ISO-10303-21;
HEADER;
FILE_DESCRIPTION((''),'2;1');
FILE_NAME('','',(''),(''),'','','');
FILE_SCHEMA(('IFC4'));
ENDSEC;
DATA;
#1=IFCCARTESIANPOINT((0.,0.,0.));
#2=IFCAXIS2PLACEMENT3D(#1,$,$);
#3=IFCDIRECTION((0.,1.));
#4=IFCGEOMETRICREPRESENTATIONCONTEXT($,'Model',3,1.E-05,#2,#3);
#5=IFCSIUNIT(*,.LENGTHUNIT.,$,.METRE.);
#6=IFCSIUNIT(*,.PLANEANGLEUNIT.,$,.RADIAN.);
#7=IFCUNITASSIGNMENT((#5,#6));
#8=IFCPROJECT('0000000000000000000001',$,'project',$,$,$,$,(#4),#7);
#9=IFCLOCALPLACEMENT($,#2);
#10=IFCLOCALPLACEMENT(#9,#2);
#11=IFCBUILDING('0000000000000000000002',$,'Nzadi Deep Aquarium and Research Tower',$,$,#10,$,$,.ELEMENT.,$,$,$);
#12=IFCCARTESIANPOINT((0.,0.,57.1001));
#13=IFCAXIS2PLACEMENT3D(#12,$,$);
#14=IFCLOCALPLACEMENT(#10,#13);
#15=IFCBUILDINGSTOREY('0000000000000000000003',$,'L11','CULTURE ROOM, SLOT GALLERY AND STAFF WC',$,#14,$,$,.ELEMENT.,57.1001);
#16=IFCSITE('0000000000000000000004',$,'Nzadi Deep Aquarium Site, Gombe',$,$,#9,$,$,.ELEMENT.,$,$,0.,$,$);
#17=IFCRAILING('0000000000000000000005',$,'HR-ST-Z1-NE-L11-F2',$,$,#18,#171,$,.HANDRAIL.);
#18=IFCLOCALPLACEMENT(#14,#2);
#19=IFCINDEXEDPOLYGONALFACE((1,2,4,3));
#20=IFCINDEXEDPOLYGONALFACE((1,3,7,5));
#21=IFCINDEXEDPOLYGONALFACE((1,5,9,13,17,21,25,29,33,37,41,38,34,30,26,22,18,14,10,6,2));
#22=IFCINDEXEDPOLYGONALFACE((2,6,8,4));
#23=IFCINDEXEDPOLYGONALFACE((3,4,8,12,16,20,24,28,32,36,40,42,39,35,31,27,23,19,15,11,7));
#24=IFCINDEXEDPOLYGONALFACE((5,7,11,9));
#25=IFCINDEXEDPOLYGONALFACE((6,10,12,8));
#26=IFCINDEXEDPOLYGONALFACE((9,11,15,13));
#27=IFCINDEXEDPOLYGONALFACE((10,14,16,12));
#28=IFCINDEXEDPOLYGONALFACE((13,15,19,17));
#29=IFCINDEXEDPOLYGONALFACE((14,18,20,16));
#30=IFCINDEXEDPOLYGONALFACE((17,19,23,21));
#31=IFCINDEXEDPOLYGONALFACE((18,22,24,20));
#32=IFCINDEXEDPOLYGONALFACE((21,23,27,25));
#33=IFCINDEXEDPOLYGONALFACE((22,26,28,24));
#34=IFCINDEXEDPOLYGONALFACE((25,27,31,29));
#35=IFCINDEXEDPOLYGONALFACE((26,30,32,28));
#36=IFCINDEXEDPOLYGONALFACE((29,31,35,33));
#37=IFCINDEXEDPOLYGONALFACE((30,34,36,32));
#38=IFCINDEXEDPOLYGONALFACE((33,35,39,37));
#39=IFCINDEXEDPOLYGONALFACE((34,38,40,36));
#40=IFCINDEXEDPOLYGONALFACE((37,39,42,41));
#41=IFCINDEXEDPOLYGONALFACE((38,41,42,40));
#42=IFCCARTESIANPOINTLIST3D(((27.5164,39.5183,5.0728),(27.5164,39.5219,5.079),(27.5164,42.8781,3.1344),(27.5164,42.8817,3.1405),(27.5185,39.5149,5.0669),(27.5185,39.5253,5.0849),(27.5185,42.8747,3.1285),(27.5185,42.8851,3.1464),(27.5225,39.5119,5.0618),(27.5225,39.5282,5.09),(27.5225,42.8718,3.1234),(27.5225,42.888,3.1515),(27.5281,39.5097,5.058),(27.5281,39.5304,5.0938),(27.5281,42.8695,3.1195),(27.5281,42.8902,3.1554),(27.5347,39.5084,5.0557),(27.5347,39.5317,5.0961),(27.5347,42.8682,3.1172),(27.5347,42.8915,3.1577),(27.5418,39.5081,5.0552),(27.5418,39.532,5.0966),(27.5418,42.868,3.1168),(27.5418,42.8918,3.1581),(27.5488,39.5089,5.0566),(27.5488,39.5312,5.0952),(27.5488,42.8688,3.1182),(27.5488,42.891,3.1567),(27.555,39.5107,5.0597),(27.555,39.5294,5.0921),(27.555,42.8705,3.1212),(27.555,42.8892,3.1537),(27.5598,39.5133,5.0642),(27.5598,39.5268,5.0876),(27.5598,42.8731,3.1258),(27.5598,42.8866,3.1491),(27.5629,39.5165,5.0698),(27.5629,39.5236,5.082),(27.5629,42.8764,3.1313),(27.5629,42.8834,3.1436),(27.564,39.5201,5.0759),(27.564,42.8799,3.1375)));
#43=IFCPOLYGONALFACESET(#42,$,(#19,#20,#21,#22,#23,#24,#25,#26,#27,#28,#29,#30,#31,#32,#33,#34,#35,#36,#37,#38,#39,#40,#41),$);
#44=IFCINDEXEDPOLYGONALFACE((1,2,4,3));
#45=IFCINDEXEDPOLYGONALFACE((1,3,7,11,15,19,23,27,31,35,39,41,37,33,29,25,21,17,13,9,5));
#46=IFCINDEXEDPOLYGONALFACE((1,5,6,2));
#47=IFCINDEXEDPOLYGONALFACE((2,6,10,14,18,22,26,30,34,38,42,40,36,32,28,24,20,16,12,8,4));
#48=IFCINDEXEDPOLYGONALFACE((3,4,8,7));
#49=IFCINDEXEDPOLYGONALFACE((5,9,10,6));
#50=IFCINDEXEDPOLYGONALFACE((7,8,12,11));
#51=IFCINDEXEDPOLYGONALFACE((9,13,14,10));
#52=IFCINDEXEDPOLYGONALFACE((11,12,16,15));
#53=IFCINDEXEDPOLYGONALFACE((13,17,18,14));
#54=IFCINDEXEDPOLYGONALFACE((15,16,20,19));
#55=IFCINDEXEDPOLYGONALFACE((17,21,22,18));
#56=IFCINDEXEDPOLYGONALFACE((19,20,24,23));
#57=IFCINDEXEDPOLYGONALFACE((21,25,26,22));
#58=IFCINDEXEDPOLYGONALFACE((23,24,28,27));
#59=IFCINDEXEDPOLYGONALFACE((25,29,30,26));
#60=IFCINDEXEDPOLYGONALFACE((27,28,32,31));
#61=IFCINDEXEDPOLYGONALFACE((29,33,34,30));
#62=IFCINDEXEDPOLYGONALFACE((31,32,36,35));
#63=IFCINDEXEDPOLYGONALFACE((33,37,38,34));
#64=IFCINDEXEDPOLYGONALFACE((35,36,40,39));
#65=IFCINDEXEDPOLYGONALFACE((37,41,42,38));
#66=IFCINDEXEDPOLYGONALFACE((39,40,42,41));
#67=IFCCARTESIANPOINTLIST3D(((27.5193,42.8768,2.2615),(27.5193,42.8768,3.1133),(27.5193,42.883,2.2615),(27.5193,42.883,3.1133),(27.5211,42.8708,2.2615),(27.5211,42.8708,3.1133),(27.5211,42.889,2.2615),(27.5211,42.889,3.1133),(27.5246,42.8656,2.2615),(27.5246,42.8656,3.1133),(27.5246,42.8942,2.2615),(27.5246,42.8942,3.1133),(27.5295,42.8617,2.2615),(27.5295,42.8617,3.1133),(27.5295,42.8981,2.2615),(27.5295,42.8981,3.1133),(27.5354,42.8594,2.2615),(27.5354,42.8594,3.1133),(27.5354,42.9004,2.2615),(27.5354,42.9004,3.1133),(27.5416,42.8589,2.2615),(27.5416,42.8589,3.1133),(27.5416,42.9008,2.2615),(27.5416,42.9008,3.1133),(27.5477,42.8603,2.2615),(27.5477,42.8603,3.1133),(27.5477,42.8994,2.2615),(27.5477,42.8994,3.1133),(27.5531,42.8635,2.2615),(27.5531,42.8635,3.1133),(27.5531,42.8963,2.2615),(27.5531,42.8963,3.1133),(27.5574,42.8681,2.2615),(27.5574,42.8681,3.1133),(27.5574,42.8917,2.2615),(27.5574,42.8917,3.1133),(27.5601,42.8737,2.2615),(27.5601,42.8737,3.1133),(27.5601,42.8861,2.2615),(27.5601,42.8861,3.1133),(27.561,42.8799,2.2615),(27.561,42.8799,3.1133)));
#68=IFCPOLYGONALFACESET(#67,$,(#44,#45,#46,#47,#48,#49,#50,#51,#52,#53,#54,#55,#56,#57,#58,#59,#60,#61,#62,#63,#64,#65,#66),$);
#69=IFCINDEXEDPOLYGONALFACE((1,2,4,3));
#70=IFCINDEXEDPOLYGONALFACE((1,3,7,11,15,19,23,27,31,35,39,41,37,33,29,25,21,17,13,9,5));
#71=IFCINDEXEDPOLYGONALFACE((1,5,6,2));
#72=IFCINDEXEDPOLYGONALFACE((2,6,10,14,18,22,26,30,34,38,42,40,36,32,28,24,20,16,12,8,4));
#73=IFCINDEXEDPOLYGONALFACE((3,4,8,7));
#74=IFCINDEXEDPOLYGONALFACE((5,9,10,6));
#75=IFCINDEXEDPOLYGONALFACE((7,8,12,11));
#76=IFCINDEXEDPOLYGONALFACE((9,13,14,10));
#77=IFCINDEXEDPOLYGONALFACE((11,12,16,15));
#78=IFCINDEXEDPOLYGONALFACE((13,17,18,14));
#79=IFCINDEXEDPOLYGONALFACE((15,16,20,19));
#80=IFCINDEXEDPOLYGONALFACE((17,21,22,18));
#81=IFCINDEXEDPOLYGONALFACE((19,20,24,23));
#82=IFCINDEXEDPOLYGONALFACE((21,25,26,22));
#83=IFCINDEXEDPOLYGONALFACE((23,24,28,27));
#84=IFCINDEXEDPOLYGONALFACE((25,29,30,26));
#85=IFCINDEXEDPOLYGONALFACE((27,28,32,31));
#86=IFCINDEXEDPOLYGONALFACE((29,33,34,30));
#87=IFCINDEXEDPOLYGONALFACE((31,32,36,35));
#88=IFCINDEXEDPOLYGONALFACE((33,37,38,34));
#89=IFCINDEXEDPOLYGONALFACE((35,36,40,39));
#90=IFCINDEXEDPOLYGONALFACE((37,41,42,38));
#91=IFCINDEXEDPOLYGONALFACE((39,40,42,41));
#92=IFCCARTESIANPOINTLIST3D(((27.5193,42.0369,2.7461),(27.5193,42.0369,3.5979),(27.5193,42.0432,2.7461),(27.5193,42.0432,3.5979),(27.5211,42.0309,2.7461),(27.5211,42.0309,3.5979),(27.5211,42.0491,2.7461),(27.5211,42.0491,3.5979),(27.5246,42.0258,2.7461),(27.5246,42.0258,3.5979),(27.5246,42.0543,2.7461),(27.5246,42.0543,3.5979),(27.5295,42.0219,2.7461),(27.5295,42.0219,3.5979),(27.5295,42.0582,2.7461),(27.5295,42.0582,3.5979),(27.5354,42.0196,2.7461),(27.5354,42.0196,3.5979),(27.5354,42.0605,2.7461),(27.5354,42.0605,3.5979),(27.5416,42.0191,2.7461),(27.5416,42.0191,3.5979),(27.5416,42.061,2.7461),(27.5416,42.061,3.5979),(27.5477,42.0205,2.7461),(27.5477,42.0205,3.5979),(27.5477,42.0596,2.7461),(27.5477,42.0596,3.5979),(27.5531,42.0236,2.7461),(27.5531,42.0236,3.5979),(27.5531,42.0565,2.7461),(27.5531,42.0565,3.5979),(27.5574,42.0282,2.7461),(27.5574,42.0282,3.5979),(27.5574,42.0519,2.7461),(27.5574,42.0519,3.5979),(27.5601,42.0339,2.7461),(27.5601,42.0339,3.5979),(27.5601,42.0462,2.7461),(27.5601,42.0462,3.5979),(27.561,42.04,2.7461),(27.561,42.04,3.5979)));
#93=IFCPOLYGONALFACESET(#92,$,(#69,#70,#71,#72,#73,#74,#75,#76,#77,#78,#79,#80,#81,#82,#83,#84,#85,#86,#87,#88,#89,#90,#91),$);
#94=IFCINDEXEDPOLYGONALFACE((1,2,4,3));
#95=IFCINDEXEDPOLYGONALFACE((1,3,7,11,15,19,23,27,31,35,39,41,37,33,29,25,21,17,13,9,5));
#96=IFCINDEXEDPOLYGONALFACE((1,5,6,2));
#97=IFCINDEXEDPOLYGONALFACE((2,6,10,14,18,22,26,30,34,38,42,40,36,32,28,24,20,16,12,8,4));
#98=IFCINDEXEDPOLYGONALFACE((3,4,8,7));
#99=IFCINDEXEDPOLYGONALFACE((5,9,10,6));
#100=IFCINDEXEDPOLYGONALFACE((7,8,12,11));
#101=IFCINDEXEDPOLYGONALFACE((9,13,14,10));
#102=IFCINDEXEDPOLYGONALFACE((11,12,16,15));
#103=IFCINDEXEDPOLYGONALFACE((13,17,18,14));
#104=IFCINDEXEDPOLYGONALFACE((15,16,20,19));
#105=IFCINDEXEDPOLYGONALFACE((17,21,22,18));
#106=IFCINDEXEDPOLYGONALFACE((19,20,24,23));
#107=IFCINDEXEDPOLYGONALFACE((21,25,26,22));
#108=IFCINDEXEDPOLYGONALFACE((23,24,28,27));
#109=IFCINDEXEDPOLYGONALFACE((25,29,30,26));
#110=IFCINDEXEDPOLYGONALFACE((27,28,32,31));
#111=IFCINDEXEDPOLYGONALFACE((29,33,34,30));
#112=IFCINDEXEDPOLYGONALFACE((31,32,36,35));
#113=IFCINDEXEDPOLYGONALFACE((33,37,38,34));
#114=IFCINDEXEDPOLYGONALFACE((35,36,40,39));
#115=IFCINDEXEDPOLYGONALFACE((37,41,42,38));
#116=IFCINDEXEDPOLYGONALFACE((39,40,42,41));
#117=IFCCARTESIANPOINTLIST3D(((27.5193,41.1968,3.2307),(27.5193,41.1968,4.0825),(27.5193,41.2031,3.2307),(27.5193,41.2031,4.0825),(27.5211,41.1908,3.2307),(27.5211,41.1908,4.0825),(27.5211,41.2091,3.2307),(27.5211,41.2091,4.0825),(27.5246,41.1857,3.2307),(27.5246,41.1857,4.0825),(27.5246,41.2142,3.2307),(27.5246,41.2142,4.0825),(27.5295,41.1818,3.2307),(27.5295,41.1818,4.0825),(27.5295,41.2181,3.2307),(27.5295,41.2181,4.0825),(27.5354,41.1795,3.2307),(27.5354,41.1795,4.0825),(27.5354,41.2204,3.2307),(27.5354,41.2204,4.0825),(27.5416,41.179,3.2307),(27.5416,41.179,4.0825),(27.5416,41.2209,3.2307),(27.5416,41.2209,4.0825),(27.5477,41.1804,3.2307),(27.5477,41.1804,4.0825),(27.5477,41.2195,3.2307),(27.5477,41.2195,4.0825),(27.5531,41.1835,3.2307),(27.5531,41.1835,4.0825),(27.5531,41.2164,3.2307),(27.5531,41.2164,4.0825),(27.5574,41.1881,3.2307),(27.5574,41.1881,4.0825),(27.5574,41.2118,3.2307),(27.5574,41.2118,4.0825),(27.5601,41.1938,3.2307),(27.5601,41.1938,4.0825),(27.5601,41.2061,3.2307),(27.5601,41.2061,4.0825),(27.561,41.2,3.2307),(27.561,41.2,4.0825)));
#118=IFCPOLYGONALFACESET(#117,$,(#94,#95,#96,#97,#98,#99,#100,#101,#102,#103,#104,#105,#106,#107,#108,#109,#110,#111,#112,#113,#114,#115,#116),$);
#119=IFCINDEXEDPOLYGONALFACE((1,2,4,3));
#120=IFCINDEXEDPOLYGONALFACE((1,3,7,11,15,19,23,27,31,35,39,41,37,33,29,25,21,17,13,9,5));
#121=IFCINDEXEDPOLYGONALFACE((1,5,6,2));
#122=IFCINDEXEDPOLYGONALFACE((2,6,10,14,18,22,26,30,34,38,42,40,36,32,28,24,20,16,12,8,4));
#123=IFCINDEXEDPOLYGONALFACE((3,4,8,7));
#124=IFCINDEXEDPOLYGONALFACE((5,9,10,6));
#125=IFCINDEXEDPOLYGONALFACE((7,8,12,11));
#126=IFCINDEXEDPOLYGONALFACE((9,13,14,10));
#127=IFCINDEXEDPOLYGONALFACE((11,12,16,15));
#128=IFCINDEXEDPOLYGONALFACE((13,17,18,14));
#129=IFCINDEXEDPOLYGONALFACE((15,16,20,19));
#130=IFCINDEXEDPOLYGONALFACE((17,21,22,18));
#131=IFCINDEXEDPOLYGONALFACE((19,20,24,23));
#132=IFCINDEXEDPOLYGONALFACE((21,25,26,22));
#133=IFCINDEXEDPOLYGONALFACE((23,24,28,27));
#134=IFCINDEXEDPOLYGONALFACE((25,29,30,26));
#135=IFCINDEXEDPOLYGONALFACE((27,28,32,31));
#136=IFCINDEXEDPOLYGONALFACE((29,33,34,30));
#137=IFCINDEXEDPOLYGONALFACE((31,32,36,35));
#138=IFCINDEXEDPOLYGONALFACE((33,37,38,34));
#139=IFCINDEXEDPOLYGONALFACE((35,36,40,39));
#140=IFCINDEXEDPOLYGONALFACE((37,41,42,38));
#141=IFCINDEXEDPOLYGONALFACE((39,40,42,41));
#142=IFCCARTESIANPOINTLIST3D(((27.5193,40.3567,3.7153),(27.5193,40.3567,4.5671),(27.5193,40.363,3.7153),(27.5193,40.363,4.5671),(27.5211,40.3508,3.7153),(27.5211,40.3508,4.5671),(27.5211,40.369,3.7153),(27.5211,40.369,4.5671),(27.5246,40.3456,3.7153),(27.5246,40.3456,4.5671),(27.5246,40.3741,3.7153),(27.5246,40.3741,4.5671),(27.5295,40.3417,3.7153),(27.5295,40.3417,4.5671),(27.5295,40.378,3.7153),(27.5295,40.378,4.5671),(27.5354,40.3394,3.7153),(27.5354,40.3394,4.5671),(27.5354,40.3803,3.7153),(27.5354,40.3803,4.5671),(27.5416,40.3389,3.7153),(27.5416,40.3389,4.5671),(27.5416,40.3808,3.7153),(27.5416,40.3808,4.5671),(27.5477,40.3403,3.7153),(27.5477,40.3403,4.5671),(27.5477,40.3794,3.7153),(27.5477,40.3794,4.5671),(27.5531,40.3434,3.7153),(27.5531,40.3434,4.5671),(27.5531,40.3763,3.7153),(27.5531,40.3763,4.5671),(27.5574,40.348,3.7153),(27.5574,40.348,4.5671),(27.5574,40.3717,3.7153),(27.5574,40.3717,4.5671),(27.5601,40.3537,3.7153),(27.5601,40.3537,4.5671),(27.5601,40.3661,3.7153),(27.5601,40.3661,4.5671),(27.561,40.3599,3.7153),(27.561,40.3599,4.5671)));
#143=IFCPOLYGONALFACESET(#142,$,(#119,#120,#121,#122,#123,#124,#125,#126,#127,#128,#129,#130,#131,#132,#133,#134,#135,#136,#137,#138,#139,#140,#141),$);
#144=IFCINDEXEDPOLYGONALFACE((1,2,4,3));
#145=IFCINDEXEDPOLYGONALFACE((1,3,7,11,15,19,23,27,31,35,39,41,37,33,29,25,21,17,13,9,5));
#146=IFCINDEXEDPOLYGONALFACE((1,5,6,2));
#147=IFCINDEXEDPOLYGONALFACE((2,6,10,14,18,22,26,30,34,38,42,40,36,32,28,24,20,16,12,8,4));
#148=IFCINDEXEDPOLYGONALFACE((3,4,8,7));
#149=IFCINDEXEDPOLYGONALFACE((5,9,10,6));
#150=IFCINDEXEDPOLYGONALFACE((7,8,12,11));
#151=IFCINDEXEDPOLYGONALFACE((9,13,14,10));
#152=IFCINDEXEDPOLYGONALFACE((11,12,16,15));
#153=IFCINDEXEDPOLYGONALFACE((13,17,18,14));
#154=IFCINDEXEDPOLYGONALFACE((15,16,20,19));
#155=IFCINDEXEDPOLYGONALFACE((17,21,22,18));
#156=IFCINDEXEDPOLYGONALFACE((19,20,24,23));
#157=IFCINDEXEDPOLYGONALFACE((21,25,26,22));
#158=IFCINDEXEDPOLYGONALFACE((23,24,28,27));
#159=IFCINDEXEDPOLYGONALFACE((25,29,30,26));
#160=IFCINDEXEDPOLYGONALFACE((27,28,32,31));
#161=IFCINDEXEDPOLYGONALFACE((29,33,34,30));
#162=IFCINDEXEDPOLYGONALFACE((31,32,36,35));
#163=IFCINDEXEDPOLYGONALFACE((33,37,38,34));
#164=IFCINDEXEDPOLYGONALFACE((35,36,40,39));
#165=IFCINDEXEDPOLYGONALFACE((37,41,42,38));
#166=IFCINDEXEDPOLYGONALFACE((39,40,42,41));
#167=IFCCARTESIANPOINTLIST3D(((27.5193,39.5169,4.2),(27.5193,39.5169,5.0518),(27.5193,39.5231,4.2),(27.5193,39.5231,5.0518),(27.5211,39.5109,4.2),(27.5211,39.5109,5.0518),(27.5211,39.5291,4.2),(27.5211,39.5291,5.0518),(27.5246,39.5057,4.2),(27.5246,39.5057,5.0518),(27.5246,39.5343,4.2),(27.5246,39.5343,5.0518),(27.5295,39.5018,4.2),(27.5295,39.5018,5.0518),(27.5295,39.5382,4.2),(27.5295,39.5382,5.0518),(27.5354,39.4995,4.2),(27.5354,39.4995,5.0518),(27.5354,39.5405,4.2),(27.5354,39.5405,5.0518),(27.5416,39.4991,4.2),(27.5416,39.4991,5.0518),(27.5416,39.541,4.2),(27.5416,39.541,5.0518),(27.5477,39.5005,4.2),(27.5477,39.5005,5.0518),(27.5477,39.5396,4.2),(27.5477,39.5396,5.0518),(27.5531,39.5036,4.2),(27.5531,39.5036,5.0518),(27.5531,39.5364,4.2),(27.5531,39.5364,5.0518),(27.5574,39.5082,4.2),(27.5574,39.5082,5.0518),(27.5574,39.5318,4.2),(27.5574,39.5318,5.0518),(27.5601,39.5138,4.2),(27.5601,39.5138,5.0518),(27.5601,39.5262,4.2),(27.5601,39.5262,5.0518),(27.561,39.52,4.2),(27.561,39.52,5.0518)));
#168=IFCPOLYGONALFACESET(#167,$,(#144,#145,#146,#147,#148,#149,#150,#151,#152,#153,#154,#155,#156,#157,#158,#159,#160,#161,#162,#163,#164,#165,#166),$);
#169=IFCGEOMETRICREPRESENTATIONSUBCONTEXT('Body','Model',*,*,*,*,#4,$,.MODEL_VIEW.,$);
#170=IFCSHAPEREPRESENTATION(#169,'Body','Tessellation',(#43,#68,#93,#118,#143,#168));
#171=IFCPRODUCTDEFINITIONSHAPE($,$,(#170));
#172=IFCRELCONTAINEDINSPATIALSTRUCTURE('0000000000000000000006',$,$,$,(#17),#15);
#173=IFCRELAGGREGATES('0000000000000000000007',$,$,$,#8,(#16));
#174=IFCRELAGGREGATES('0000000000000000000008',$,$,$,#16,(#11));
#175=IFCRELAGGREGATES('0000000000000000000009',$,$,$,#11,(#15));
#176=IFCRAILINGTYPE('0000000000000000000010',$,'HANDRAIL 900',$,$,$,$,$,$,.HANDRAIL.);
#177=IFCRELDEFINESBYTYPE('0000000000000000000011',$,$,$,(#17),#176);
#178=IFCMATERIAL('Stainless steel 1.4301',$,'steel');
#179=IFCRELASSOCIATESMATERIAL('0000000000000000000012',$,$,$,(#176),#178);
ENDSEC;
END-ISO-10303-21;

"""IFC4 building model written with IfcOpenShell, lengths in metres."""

from ifc_helpers import new_model, si_unit, direction, frame, origin, origin_2d, place, context, subcontext, project, spatial, circle, extrude, material, type_object, element, save


model = new_model("IFC4")

# Units and contexts
model_context = context("Model", 3, precision=1e-05, world=origin(), true_north=direction((0.0, 1.0)))
body_context = subcontext(model_context, "Body", "Model", "MODEL_VIEW")
ifc_project = project(units=[si_unit("LENGTHUNIT", "METRE"), si_unit("PLANEANGLEUNIT", "RADIAN")], contexts=[model_context])

# Site, building, storey
site_placement = place(None, origin())
site = spatial("IfcSite", under=ifc_project, at=site_placement, Name="Nzadi Deep Aquarium Site, Gombe", CompositionType="ELEMENT", RefElevation=0.0)
building_placement = place(site_placement, origin())
building = spatial("IfcBuilding", under=site, at=building_placement, Name="Nzadi Deep Aquarium and Research Tower", CompositionType="ELEMENT")
storey_placement = place(building_placement, frame((0.0, 0.0, 57.1001)))
storey = spatial("IfcBuildingStorey", under=building, at=storey_placement, Name="L11", Description="CULTURE ROOM, SLOT GALLERY AND STAFF WC", CompositionType="ELEMENT", Elevation=57.1001)

# Railing
ifc_material_1 = material(Name="Stainless steel 1.4301", Category="steel")
railing_type = type_object("IfcRailingType", Name="HANDRAIL 900", PredefinedType="HANDRAIL", material=ifc_material_1)
for number, where, name in (
    (1, (27.54, 42.8799, 2.2615), "HR-ST-Z1-NE-L11-F2"),
):
    element("IfcRailing", number, at=place(storey_placement, frame(where)), inside=storey, type_object=railing_type, Name=name, PredefinedType="HANDRAIL", context=body_context, shape_type="SweptSolid", body=[
        extrude(circle(Radius=0.0239, at=origin_2d()), frame((0.0, 0.0, 0.876), z_axis=(0.0, -0.866175, 0.499741), x_axis=(1.0, 0.0, 0.0)), (0.0, 0.0, 1.0), 3.8789),
        extrude(circle(Radius=0.021, at=origin_2d()), origin(), (0.0, 0.0, 1.0), 0.8518),
        extrude(circle(Radius=0.021, at=origin_2d()), frame((0.0, -0.8398, 0.4846)), (0.0, 0.0, 1.0), 0.8518),
        extrude(circle(Radius=0.021, at=origin_2d()), frame((0.0, -1.6799, 0.9692)), (0.0, 0.0, 1.0), 0.8518),
        extrude(circle(Radius=0.021, at=origin_2d()), frame((0.0, -2.52, 1.4539)), (0.0, 0.0, 1.0), 0.8518),
        extrude(circle(Radius=0.021, at=origin_2d()), frame((0.0, -3.3599, 1.9385)), (0.0, 0.0, 1.0), 0.8518),
    ])

save(model, "model.ifc")
